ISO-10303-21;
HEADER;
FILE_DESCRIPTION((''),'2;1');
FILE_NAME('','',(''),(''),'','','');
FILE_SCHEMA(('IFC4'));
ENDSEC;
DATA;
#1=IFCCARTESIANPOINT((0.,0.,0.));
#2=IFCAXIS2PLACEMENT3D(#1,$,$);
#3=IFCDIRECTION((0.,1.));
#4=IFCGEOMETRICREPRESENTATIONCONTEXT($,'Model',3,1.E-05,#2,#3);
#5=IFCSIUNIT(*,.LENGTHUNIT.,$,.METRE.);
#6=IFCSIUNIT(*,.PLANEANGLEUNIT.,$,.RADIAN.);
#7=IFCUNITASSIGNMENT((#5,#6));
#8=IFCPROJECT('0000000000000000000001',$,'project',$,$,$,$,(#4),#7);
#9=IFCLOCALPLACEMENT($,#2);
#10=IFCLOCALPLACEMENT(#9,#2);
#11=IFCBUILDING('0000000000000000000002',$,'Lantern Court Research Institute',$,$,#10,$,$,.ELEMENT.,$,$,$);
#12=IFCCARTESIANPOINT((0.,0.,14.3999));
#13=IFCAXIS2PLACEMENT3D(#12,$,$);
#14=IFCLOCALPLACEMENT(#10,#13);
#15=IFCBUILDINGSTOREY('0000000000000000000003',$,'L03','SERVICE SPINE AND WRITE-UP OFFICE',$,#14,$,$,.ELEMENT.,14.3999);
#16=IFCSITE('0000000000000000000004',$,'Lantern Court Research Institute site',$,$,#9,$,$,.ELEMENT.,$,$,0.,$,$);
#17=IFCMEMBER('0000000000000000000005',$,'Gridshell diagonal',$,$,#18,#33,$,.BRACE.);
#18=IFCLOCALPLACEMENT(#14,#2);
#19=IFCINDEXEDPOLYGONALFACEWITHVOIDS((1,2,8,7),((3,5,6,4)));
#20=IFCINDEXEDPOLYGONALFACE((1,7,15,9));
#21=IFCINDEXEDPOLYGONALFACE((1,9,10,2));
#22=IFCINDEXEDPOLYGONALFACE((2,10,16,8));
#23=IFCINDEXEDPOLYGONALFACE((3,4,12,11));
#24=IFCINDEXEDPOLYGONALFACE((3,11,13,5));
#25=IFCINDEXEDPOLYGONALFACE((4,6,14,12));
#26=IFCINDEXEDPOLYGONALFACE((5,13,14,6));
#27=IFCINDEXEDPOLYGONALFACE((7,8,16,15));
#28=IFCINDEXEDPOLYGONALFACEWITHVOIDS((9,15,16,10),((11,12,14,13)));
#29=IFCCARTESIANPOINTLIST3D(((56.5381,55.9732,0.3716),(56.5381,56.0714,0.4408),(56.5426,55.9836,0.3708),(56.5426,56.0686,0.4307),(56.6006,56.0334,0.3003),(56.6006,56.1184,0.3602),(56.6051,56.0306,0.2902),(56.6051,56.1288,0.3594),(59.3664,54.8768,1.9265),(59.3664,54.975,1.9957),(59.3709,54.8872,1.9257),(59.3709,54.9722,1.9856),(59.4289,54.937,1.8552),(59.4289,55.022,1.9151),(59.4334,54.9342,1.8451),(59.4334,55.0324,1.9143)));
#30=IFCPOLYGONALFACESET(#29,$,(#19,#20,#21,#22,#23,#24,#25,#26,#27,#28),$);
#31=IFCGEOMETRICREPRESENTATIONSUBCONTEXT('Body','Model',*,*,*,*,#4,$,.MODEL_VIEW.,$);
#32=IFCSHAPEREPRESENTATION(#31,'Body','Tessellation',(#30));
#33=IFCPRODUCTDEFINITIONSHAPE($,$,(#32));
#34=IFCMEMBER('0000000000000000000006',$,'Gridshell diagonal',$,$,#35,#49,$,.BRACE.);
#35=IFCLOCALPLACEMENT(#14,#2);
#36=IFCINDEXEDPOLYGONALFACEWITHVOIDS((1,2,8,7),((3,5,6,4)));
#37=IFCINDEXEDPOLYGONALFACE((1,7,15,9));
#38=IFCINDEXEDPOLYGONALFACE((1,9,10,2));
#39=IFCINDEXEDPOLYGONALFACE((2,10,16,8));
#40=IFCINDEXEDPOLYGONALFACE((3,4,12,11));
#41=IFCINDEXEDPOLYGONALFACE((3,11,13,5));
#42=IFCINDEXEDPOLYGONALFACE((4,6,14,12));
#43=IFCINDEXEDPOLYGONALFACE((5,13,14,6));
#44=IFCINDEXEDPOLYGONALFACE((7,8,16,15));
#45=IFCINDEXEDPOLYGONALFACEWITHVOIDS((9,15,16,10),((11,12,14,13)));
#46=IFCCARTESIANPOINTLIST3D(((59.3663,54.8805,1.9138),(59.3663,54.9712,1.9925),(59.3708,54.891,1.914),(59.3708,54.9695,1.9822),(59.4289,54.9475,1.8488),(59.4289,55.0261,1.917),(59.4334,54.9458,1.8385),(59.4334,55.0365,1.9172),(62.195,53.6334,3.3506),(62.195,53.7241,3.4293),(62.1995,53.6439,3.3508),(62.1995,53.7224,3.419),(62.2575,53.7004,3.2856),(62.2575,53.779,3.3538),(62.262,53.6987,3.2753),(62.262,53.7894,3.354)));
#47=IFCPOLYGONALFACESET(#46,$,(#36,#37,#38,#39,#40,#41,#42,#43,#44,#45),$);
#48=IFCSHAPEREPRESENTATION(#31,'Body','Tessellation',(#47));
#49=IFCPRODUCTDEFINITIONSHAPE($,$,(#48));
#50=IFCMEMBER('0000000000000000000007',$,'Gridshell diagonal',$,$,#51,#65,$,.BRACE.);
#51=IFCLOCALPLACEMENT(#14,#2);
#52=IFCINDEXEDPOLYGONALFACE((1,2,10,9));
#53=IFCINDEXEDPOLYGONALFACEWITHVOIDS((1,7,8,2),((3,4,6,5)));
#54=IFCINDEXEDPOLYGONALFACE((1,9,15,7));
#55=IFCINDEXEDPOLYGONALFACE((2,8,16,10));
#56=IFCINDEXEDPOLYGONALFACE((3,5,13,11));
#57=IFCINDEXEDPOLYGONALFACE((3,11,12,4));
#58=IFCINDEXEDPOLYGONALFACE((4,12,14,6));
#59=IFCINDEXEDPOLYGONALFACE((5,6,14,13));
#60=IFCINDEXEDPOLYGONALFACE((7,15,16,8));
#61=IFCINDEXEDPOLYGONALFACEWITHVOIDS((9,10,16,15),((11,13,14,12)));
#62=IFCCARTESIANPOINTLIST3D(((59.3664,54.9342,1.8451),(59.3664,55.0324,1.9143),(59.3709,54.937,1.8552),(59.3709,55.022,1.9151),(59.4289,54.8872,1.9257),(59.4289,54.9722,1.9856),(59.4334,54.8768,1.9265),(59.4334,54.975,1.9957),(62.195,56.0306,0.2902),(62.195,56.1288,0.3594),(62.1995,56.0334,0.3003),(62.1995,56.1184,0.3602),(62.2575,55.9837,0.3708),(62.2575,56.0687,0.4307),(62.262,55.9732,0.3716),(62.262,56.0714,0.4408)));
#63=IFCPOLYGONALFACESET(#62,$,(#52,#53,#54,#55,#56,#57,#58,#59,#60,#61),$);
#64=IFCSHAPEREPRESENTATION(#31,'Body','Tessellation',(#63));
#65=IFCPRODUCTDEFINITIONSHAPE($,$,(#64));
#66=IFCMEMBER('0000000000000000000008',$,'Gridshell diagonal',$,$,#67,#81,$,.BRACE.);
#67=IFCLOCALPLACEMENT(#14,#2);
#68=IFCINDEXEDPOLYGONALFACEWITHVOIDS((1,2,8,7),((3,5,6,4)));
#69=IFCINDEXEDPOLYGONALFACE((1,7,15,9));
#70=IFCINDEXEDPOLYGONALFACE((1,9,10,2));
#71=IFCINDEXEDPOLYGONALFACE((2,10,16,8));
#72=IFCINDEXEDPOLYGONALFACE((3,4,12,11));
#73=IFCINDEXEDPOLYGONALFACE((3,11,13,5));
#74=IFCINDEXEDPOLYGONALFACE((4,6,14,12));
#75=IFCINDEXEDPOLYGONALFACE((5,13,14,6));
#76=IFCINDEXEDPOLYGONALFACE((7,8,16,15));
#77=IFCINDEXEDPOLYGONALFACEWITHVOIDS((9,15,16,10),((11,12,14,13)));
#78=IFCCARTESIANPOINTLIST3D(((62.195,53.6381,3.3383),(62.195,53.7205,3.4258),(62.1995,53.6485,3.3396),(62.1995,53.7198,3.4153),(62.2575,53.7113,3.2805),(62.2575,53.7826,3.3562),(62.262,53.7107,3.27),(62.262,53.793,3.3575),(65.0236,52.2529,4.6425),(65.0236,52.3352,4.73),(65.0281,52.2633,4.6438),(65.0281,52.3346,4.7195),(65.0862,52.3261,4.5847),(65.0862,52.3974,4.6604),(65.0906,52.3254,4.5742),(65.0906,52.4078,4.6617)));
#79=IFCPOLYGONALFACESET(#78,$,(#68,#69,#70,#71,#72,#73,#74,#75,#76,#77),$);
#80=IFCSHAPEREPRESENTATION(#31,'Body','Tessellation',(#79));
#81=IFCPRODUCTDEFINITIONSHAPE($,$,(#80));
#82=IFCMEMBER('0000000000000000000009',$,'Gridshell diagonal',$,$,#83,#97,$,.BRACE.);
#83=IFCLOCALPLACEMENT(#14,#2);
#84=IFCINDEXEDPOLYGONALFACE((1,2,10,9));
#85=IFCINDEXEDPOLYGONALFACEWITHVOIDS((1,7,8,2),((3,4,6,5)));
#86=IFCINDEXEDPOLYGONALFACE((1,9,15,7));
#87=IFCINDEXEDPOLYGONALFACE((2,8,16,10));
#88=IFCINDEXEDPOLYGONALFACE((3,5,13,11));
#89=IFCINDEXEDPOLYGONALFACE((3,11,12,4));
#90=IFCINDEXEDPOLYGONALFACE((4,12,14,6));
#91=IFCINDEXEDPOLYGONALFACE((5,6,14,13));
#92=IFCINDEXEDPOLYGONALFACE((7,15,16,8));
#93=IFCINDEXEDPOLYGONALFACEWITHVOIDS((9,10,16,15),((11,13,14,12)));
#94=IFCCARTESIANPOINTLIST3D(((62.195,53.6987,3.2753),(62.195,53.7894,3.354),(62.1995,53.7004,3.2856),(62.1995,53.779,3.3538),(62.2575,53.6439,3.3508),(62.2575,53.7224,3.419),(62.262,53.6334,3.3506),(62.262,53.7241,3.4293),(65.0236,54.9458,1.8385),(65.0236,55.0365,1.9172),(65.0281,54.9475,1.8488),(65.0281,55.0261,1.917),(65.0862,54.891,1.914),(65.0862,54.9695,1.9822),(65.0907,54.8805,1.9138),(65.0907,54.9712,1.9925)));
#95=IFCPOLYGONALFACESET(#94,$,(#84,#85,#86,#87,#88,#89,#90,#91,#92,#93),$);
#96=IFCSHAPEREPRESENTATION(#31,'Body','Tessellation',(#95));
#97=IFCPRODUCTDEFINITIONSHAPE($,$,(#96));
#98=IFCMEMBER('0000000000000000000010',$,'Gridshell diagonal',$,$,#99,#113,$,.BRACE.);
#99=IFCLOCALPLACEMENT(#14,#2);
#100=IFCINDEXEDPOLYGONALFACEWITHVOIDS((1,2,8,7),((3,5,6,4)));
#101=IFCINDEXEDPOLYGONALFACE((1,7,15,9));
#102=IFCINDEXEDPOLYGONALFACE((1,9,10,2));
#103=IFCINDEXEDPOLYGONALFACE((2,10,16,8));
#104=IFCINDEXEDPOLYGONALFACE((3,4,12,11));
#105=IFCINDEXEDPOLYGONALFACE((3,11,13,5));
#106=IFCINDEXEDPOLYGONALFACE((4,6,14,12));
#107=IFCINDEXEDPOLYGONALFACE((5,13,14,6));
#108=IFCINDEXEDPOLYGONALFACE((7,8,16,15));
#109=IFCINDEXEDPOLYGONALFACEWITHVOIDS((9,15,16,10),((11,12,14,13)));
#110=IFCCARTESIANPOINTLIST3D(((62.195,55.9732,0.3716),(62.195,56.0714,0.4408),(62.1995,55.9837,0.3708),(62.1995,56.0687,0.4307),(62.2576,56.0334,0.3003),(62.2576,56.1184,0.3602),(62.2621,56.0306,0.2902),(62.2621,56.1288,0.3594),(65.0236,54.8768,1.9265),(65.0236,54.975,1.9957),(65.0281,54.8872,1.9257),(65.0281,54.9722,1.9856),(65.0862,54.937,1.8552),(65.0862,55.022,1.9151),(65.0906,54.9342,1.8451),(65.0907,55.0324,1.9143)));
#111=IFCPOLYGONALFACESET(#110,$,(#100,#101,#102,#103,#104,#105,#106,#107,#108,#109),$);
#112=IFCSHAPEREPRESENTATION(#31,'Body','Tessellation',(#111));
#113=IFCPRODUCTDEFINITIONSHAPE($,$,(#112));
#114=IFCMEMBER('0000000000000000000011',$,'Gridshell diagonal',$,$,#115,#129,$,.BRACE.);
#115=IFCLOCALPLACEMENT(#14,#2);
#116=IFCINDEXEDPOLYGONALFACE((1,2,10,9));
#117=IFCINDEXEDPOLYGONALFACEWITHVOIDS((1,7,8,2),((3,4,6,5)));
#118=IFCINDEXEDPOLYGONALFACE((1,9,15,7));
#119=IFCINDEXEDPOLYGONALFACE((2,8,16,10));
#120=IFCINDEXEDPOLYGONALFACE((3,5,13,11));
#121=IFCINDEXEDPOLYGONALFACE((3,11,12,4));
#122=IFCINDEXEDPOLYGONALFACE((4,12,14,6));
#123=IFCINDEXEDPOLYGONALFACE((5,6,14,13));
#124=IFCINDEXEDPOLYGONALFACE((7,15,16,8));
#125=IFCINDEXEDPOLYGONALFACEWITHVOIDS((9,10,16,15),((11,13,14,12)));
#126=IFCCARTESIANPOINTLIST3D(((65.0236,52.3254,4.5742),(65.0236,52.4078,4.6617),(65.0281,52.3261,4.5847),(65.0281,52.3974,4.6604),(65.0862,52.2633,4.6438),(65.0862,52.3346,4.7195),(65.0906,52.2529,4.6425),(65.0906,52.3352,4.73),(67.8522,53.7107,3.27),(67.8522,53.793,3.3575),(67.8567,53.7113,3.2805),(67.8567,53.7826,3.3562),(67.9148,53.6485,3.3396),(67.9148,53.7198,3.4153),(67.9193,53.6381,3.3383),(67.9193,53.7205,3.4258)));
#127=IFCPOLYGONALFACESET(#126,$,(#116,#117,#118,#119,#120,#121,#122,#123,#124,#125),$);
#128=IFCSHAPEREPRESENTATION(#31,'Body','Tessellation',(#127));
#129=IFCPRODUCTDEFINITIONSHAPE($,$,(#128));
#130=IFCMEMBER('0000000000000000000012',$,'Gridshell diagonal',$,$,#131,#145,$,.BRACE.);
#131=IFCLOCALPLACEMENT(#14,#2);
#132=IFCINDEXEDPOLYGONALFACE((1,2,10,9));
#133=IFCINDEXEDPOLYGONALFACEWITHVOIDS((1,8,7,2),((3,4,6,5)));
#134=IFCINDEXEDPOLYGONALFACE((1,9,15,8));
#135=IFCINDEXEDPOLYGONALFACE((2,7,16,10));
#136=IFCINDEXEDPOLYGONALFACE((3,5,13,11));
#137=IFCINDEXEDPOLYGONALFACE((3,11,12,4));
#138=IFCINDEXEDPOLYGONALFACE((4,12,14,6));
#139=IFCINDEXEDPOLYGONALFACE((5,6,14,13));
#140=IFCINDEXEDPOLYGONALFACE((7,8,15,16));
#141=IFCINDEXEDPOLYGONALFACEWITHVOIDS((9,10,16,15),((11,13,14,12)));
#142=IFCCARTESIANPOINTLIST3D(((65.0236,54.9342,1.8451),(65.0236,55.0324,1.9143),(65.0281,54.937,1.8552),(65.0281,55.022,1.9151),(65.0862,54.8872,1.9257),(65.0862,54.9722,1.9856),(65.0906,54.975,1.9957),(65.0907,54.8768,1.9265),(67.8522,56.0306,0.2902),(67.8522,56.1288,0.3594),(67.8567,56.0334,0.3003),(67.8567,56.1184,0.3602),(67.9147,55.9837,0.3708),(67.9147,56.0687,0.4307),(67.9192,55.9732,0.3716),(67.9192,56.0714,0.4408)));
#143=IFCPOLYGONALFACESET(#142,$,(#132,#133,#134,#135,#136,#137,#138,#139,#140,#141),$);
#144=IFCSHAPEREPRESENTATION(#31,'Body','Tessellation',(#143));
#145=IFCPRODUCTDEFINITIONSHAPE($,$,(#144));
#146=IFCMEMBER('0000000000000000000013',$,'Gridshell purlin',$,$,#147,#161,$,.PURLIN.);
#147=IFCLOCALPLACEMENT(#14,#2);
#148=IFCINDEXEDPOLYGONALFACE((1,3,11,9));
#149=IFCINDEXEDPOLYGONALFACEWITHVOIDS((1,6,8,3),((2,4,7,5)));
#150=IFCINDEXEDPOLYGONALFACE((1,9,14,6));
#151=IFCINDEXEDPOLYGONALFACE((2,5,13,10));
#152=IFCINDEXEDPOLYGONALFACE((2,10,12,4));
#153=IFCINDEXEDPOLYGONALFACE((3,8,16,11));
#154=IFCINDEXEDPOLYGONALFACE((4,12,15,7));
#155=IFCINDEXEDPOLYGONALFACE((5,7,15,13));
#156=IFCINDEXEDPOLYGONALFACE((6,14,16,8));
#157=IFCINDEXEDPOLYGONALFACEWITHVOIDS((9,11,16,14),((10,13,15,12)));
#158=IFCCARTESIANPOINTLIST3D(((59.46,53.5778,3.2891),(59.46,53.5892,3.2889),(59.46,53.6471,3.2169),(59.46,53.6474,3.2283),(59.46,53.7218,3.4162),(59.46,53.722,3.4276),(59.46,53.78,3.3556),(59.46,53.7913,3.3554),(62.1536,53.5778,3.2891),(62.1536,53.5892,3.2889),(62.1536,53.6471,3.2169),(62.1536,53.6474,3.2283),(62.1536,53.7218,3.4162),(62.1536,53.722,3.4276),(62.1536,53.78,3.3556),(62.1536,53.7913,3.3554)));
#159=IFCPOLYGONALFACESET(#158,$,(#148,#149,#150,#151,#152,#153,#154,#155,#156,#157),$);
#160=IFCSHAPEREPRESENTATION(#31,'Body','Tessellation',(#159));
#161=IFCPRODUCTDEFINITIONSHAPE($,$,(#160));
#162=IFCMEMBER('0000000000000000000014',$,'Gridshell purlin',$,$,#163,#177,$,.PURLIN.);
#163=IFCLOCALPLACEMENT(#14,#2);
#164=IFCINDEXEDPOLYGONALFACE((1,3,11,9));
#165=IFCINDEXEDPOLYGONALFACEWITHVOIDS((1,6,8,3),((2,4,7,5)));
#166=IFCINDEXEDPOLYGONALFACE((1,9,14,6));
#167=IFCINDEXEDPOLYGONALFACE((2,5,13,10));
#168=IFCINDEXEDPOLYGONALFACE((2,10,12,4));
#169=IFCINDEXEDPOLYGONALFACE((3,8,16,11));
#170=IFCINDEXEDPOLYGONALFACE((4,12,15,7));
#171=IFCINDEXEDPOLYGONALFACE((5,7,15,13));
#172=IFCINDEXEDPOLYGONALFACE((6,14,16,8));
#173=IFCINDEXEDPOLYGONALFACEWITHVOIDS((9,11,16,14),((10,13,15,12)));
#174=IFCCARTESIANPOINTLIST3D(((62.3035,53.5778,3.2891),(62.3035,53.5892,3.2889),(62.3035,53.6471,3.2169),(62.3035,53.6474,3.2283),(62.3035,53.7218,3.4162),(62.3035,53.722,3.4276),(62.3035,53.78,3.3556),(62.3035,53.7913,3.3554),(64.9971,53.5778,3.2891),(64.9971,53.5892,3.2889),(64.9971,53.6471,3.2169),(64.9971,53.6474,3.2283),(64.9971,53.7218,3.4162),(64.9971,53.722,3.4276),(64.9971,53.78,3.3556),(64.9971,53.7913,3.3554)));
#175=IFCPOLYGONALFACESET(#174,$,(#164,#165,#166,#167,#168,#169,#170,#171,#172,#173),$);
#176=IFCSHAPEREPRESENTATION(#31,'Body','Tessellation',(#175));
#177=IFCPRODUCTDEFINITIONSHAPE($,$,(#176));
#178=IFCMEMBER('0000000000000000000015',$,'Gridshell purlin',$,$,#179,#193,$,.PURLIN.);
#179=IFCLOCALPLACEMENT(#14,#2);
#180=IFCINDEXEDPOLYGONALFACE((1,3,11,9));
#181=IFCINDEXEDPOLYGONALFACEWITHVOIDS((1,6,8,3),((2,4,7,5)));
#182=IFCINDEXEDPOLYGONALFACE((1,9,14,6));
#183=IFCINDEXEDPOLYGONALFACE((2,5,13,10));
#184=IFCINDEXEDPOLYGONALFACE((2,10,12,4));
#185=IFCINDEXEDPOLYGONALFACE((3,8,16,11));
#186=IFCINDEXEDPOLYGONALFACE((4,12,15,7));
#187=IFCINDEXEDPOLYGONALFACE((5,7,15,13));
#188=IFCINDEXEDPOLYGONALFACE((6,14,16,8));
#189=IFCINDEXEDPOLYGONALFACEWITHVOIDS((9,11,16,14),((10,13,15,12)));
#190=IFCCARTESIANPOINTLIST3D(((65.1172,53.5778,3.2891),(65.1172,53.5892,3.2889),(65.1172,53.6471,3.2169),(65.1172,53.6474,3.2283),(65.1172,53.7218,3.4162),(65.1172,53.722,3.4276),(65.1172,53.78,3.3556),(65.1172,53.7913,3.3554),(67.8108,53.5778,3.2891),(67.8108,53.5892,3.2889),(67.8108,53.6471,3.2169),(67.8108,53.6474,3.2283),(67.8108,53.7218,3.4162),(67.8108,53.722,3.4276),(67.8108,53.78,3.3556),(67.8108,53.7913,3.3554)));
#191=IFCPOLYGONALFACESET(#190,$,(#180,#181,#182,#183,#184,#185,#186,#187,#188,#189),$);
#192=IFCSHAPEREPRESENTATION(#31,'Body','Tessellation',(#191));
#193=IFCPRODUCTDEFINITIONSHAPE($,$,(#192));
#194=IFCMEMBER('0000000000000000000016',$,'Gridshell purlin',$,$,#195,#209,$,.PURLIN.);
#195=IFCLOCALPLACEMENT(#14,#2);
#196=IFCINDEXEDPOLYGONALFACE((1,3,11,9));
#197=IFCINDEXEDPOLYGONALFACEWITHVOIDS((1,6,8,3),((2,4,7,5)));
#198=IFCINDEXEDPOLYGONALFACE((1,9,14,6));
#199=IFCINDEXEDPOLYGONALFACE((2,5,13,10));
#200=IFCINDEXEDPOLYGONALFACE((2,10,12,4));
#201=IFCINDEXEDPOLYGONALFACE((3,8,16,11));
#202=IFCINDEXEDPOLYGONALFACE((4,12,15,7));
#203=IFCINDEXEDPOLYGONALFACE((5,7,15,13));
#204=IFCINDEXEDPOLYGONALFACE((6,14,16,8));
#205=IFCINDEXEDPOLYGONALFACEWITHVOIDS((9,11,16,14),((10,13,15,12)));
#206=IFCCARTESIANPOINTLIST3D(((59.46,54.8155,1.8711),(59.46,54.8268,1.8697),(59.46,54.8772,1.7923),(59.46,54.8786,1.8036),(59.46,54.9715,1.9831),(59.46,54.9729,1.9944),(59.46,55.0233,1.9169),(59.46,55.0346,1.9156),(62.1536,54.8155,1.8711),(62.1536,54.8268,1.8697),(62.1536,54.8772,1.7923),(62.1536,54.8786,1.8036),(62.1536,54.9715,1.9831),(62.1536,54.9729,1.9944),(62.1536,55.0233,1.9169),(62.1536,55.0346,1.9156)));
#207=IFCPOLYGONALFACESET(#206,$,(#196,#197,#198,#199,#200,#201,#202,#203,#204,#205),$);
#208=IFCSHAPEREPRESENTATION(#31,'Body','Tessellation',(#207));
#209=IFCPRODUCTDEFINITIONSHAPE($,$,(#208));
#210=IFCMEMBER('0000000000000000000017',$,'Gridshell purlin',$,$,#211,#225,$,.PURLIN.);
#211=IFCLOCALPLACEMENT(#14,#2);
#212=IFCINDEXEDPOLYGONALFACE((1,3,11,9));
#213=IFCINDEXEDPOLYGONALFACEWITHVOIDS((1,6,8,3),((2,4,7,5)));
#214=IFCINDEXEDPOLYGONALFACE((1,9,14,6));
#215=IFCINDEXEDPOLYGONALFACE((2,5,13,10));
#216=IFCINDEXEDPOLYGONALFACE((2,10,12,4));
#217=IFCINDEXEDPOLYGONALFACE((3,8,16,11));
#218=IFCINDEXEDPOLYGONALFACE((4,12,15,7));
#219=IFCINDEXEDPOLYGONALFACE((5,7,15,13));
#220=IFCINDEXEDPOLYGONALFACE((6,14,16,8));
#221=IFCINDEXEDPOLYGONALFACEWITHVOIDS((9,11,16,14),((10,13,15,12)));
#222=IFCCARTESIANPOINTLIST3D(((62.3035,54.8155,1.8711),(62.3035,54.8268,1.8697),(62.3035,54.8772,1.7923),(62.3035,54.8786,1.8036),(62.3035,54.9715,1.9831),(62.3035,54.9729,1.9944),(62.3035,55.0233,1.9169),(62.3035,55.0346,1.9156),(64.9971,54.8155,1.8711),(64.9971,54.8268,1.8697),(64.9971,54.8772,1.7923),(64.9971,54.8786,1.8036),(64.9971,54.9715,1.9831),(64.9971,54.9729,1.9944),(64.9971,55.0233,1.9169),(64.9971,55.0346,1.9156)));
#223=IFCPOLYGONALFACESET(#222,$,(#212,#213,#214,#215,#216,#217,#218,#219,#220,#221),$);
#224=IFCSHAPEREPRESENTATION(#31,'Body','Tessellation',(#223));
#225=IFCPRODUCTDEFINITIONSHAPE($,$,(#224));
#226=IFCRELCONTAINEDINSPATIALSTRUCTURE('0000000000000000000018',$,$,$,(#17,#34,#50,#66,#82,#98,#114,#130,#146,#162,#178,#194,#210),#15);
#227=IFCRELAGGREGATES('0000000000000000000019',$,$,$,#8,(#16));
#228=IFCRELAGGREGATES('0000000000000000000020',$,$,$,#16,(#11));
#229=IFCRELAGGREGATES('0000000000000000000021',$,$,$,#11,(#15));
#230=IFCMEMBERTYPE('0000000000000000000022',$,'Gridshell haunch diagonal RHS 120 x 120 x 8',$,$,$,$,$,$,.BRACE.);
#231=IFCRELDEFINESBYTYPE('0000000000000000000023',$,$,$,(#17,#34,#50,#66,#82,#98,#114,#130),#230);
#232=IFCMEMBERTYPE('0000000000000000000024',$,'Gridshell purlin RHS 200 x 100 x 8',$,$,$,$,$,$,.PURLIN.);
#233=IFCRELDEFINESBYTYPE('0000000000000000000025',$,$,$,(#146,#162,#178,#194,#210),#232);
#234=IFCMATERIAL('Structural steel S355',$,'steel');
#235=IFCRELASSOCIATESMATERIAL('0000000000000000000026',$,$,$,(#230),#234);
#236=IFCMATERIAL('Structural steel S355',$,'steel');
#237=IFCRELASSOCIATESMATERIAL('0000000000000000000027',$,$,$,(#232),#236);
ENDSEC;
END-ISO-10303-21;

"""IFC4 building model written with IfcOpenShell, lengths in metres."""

from ifc_helpers import new_model, si_unit, direction, frame, origin, origin_2d, place, context, subcontext, project, spatial, hollow_rectangle, extrude, material, material_profile, profile_set, type_object, element, save


model = new_model("IFC4")

# Units and contexts
model_context = context("Model", 3, precision=1e-05, world=origin(), true_north=direction((0.0, 1.0)))
body_context = subcontext(model_context, "Body", "Model", "MODEL_VIEW")
ifc_project = project(units=[si_unit("LENGTHUNIT", "METRE"), si_unit("PLANEANGLEUNIT", "RADIAN")], contexts=[model_context])

# Site, building, storey
site_placement = place(None, origin())
site = spatial("IfcSite", under=ifc_project, at=site_placement, Name="Lantern Court Research Institute site", CompositionType="ELEMENT", RefElevation=0.0)
building_placement = place(site_placement, origin())
building = spatial("IfcBuilding", under=site, at=building_placement, Name="Lantern Court Research Institute", CompositionType="ELEMENT")
storey_placement = place(building_placement, frame((0.0, 0.0, 14.3999)))
storey = spatial("IfcBuildingStorey", under=building, at=storey_placement, Name="L03", Description="SERVICE SPINE AND WRITE-UP OFFICE", CompositionType="ELEMENT", Elevation=14.3999)

# Members
ifc_material_1 = material(Name="Structural steel S355", Category="steel")
ifc_material_profile_1 = material_profile(ifc_material_1, hollow_rectangle(XDim=0.1201, YDim=0.1201, WallThickness=0.0081, at=origin_2d()), Name="Gridshell haunch diagonal RHS 120 x 120 x 8")
ifc_profile_set_1 = profile_set([ifc_material_profile_1], Name="Structural steel S355")
member_type_1 = type_object("IfcMemberType", Name="Gridshell haunch diagonal RHS 120 x 120 x 8", PredefinedType="BRACE", material=ifc_profile_set_1)
member_1_placement = place(storey_placement, frame((59.3999, 54.9546, 1.9204), z_axis=(-0.829735, 0.321652, -0.456157), x_axis=(-0.558157, -0.478114, 0.678135)))
element("IfcMember", 1, at=member_1_placement, inside=storey, type_object=member_type_1, Name="Gridshell diagonal", PredefinedType="BRACE", context=body_context, shape_type="SweptSolid", body=[
    extrude(hollow_rectangle(XDim=0.1201, YDim=0.1201, WallThickness=0.0081, at=origin_2d()), origin(), (0.0, 0.0, 1.0), 3.4087),
])
for number, where, z_axis, x_axis, name in (
    (2, (62.2285, 53.7114, 3.3523), (-0.829775, 0.365829, -0.421477), (-0.558098, -0.543914, 0.626645), "Gridshell diagonal"),
    (3, (59.3999, 54.9546, 1.9204), (0.829757, 0.321633, -0.45613), (-0.558124, 0.478138, -0.678146), "Gridshell diagonal"),
    (4, (65.0571, 52.3303, 4.6521), (-0.829762, 0.406358, -0.382581), (-0.558118, -0.604141, 0.568786), "Gridshell diagonal"),
    (5, (62.2285, 53.7114, 3.3523), (0.829775, 0.365829, -0.421477), (-0.558098, 0.543914, -0.626645), "Gridshell diagonal"),
    (6, (65.0571, 54.9546, 1.9204), (-0.829757, 0.321633, -0.45613), (-0.558124, -0.478138, 0.678146), "Gridshell diagonal"),
    (7, (65.0571, 52.3303, 4.6521), (0.829762, 0.406358, -0.382581), (-0.558118, 0.604141, -0.568786), "Gridshell diagonal"),
    (8, (65.0571, 54.9546, 1.9204), (0.829757, 0.321633, -0.45613), (-0.558124, 0.478138, -0.678146), "Gridshell diagonal"),
):
    element("IfcMember", number, at=place(storey_placement, frame(where, z_axis=z_axis, x_axis=x_axis)), inside=storey, type_object=member_type_1, Name=name, PredefinedType="BRACE", context=body_context, shape_type="SweptSolid", body=[
        extrude(hollow_rectangle(XDim=0.1201, YDim=0.1201, WallThickness=0.0081, at=origin_2d()), origin(), (0.0, 0.0, 1.0), 3.4089),
    ])
ifc_material_2 = material(Name="Structural steel S355", Category="steel")
ifc_material_profile_2 = material_profile(ifc_material_2, hollow_rectangle(XDim=0.1001, YDim=0.2, WallThickness=0.0081, at=origin_2d()), Name="Gridshell purlin RHS 200 x 100 x 8")
ifc_profile_set_2 = profile_set([ifc_material_profile_2], Name="Structural steel S355")
member_type_2 = type_object("IfcMemberType", Name="Gridshell purlin RHS 200 x 100 x 8", PredefinedType="PURLIN", material=ifc_profile_set_2)
for number, where, z_axis, x_axis, name in (
    (9, (59.46, 53.6846, 3.3223), (1.0, 0.0, 0.0), (0.0, 0.692674, -0.721251), "Gridshell purlin"),
    (10, (62.3035, 53.6846, 3.3223), (1.0, 0.0, 0.0), (0.0, 0.692674, -0.721251), "Gridshell purlin"),
    (11, (65.1172, 53.6846, 3.3223), (1.0, 0.0, 0.0), (0.0, 0.692674, -0.721251), "Gridshell purlin"),
    (12, (59.46, 54.925, 1.8933), (1.0, 0.0, 0.0), (0.0, 0.616657, -0.787232), "Gridshell purlin"),
    (13, (62.3035, 54.925, 1.8933), (1.0, 0.0, 0.0), (0.0, 0.616657, -0.787232), "Gridshell purlin"),
):
    element("IfcMember", number, at=place(storey_placement, frame(where, z_axis=z_axis, x_axis=x_axis)), inside=storey, type_object=member_type_2, Name=name, PredefinedType="PURLIN", context=body_context, shape_type="SweptSolid", body=[
        extrude(hollow_rectangle(XDim=0.1001, YDim=0.2, WallThickness=0.0081, at=origin_2d()), origin(), (0.0, 0.0, 1.0), 2.6936),
    ])

save(model, "model.ifc")
